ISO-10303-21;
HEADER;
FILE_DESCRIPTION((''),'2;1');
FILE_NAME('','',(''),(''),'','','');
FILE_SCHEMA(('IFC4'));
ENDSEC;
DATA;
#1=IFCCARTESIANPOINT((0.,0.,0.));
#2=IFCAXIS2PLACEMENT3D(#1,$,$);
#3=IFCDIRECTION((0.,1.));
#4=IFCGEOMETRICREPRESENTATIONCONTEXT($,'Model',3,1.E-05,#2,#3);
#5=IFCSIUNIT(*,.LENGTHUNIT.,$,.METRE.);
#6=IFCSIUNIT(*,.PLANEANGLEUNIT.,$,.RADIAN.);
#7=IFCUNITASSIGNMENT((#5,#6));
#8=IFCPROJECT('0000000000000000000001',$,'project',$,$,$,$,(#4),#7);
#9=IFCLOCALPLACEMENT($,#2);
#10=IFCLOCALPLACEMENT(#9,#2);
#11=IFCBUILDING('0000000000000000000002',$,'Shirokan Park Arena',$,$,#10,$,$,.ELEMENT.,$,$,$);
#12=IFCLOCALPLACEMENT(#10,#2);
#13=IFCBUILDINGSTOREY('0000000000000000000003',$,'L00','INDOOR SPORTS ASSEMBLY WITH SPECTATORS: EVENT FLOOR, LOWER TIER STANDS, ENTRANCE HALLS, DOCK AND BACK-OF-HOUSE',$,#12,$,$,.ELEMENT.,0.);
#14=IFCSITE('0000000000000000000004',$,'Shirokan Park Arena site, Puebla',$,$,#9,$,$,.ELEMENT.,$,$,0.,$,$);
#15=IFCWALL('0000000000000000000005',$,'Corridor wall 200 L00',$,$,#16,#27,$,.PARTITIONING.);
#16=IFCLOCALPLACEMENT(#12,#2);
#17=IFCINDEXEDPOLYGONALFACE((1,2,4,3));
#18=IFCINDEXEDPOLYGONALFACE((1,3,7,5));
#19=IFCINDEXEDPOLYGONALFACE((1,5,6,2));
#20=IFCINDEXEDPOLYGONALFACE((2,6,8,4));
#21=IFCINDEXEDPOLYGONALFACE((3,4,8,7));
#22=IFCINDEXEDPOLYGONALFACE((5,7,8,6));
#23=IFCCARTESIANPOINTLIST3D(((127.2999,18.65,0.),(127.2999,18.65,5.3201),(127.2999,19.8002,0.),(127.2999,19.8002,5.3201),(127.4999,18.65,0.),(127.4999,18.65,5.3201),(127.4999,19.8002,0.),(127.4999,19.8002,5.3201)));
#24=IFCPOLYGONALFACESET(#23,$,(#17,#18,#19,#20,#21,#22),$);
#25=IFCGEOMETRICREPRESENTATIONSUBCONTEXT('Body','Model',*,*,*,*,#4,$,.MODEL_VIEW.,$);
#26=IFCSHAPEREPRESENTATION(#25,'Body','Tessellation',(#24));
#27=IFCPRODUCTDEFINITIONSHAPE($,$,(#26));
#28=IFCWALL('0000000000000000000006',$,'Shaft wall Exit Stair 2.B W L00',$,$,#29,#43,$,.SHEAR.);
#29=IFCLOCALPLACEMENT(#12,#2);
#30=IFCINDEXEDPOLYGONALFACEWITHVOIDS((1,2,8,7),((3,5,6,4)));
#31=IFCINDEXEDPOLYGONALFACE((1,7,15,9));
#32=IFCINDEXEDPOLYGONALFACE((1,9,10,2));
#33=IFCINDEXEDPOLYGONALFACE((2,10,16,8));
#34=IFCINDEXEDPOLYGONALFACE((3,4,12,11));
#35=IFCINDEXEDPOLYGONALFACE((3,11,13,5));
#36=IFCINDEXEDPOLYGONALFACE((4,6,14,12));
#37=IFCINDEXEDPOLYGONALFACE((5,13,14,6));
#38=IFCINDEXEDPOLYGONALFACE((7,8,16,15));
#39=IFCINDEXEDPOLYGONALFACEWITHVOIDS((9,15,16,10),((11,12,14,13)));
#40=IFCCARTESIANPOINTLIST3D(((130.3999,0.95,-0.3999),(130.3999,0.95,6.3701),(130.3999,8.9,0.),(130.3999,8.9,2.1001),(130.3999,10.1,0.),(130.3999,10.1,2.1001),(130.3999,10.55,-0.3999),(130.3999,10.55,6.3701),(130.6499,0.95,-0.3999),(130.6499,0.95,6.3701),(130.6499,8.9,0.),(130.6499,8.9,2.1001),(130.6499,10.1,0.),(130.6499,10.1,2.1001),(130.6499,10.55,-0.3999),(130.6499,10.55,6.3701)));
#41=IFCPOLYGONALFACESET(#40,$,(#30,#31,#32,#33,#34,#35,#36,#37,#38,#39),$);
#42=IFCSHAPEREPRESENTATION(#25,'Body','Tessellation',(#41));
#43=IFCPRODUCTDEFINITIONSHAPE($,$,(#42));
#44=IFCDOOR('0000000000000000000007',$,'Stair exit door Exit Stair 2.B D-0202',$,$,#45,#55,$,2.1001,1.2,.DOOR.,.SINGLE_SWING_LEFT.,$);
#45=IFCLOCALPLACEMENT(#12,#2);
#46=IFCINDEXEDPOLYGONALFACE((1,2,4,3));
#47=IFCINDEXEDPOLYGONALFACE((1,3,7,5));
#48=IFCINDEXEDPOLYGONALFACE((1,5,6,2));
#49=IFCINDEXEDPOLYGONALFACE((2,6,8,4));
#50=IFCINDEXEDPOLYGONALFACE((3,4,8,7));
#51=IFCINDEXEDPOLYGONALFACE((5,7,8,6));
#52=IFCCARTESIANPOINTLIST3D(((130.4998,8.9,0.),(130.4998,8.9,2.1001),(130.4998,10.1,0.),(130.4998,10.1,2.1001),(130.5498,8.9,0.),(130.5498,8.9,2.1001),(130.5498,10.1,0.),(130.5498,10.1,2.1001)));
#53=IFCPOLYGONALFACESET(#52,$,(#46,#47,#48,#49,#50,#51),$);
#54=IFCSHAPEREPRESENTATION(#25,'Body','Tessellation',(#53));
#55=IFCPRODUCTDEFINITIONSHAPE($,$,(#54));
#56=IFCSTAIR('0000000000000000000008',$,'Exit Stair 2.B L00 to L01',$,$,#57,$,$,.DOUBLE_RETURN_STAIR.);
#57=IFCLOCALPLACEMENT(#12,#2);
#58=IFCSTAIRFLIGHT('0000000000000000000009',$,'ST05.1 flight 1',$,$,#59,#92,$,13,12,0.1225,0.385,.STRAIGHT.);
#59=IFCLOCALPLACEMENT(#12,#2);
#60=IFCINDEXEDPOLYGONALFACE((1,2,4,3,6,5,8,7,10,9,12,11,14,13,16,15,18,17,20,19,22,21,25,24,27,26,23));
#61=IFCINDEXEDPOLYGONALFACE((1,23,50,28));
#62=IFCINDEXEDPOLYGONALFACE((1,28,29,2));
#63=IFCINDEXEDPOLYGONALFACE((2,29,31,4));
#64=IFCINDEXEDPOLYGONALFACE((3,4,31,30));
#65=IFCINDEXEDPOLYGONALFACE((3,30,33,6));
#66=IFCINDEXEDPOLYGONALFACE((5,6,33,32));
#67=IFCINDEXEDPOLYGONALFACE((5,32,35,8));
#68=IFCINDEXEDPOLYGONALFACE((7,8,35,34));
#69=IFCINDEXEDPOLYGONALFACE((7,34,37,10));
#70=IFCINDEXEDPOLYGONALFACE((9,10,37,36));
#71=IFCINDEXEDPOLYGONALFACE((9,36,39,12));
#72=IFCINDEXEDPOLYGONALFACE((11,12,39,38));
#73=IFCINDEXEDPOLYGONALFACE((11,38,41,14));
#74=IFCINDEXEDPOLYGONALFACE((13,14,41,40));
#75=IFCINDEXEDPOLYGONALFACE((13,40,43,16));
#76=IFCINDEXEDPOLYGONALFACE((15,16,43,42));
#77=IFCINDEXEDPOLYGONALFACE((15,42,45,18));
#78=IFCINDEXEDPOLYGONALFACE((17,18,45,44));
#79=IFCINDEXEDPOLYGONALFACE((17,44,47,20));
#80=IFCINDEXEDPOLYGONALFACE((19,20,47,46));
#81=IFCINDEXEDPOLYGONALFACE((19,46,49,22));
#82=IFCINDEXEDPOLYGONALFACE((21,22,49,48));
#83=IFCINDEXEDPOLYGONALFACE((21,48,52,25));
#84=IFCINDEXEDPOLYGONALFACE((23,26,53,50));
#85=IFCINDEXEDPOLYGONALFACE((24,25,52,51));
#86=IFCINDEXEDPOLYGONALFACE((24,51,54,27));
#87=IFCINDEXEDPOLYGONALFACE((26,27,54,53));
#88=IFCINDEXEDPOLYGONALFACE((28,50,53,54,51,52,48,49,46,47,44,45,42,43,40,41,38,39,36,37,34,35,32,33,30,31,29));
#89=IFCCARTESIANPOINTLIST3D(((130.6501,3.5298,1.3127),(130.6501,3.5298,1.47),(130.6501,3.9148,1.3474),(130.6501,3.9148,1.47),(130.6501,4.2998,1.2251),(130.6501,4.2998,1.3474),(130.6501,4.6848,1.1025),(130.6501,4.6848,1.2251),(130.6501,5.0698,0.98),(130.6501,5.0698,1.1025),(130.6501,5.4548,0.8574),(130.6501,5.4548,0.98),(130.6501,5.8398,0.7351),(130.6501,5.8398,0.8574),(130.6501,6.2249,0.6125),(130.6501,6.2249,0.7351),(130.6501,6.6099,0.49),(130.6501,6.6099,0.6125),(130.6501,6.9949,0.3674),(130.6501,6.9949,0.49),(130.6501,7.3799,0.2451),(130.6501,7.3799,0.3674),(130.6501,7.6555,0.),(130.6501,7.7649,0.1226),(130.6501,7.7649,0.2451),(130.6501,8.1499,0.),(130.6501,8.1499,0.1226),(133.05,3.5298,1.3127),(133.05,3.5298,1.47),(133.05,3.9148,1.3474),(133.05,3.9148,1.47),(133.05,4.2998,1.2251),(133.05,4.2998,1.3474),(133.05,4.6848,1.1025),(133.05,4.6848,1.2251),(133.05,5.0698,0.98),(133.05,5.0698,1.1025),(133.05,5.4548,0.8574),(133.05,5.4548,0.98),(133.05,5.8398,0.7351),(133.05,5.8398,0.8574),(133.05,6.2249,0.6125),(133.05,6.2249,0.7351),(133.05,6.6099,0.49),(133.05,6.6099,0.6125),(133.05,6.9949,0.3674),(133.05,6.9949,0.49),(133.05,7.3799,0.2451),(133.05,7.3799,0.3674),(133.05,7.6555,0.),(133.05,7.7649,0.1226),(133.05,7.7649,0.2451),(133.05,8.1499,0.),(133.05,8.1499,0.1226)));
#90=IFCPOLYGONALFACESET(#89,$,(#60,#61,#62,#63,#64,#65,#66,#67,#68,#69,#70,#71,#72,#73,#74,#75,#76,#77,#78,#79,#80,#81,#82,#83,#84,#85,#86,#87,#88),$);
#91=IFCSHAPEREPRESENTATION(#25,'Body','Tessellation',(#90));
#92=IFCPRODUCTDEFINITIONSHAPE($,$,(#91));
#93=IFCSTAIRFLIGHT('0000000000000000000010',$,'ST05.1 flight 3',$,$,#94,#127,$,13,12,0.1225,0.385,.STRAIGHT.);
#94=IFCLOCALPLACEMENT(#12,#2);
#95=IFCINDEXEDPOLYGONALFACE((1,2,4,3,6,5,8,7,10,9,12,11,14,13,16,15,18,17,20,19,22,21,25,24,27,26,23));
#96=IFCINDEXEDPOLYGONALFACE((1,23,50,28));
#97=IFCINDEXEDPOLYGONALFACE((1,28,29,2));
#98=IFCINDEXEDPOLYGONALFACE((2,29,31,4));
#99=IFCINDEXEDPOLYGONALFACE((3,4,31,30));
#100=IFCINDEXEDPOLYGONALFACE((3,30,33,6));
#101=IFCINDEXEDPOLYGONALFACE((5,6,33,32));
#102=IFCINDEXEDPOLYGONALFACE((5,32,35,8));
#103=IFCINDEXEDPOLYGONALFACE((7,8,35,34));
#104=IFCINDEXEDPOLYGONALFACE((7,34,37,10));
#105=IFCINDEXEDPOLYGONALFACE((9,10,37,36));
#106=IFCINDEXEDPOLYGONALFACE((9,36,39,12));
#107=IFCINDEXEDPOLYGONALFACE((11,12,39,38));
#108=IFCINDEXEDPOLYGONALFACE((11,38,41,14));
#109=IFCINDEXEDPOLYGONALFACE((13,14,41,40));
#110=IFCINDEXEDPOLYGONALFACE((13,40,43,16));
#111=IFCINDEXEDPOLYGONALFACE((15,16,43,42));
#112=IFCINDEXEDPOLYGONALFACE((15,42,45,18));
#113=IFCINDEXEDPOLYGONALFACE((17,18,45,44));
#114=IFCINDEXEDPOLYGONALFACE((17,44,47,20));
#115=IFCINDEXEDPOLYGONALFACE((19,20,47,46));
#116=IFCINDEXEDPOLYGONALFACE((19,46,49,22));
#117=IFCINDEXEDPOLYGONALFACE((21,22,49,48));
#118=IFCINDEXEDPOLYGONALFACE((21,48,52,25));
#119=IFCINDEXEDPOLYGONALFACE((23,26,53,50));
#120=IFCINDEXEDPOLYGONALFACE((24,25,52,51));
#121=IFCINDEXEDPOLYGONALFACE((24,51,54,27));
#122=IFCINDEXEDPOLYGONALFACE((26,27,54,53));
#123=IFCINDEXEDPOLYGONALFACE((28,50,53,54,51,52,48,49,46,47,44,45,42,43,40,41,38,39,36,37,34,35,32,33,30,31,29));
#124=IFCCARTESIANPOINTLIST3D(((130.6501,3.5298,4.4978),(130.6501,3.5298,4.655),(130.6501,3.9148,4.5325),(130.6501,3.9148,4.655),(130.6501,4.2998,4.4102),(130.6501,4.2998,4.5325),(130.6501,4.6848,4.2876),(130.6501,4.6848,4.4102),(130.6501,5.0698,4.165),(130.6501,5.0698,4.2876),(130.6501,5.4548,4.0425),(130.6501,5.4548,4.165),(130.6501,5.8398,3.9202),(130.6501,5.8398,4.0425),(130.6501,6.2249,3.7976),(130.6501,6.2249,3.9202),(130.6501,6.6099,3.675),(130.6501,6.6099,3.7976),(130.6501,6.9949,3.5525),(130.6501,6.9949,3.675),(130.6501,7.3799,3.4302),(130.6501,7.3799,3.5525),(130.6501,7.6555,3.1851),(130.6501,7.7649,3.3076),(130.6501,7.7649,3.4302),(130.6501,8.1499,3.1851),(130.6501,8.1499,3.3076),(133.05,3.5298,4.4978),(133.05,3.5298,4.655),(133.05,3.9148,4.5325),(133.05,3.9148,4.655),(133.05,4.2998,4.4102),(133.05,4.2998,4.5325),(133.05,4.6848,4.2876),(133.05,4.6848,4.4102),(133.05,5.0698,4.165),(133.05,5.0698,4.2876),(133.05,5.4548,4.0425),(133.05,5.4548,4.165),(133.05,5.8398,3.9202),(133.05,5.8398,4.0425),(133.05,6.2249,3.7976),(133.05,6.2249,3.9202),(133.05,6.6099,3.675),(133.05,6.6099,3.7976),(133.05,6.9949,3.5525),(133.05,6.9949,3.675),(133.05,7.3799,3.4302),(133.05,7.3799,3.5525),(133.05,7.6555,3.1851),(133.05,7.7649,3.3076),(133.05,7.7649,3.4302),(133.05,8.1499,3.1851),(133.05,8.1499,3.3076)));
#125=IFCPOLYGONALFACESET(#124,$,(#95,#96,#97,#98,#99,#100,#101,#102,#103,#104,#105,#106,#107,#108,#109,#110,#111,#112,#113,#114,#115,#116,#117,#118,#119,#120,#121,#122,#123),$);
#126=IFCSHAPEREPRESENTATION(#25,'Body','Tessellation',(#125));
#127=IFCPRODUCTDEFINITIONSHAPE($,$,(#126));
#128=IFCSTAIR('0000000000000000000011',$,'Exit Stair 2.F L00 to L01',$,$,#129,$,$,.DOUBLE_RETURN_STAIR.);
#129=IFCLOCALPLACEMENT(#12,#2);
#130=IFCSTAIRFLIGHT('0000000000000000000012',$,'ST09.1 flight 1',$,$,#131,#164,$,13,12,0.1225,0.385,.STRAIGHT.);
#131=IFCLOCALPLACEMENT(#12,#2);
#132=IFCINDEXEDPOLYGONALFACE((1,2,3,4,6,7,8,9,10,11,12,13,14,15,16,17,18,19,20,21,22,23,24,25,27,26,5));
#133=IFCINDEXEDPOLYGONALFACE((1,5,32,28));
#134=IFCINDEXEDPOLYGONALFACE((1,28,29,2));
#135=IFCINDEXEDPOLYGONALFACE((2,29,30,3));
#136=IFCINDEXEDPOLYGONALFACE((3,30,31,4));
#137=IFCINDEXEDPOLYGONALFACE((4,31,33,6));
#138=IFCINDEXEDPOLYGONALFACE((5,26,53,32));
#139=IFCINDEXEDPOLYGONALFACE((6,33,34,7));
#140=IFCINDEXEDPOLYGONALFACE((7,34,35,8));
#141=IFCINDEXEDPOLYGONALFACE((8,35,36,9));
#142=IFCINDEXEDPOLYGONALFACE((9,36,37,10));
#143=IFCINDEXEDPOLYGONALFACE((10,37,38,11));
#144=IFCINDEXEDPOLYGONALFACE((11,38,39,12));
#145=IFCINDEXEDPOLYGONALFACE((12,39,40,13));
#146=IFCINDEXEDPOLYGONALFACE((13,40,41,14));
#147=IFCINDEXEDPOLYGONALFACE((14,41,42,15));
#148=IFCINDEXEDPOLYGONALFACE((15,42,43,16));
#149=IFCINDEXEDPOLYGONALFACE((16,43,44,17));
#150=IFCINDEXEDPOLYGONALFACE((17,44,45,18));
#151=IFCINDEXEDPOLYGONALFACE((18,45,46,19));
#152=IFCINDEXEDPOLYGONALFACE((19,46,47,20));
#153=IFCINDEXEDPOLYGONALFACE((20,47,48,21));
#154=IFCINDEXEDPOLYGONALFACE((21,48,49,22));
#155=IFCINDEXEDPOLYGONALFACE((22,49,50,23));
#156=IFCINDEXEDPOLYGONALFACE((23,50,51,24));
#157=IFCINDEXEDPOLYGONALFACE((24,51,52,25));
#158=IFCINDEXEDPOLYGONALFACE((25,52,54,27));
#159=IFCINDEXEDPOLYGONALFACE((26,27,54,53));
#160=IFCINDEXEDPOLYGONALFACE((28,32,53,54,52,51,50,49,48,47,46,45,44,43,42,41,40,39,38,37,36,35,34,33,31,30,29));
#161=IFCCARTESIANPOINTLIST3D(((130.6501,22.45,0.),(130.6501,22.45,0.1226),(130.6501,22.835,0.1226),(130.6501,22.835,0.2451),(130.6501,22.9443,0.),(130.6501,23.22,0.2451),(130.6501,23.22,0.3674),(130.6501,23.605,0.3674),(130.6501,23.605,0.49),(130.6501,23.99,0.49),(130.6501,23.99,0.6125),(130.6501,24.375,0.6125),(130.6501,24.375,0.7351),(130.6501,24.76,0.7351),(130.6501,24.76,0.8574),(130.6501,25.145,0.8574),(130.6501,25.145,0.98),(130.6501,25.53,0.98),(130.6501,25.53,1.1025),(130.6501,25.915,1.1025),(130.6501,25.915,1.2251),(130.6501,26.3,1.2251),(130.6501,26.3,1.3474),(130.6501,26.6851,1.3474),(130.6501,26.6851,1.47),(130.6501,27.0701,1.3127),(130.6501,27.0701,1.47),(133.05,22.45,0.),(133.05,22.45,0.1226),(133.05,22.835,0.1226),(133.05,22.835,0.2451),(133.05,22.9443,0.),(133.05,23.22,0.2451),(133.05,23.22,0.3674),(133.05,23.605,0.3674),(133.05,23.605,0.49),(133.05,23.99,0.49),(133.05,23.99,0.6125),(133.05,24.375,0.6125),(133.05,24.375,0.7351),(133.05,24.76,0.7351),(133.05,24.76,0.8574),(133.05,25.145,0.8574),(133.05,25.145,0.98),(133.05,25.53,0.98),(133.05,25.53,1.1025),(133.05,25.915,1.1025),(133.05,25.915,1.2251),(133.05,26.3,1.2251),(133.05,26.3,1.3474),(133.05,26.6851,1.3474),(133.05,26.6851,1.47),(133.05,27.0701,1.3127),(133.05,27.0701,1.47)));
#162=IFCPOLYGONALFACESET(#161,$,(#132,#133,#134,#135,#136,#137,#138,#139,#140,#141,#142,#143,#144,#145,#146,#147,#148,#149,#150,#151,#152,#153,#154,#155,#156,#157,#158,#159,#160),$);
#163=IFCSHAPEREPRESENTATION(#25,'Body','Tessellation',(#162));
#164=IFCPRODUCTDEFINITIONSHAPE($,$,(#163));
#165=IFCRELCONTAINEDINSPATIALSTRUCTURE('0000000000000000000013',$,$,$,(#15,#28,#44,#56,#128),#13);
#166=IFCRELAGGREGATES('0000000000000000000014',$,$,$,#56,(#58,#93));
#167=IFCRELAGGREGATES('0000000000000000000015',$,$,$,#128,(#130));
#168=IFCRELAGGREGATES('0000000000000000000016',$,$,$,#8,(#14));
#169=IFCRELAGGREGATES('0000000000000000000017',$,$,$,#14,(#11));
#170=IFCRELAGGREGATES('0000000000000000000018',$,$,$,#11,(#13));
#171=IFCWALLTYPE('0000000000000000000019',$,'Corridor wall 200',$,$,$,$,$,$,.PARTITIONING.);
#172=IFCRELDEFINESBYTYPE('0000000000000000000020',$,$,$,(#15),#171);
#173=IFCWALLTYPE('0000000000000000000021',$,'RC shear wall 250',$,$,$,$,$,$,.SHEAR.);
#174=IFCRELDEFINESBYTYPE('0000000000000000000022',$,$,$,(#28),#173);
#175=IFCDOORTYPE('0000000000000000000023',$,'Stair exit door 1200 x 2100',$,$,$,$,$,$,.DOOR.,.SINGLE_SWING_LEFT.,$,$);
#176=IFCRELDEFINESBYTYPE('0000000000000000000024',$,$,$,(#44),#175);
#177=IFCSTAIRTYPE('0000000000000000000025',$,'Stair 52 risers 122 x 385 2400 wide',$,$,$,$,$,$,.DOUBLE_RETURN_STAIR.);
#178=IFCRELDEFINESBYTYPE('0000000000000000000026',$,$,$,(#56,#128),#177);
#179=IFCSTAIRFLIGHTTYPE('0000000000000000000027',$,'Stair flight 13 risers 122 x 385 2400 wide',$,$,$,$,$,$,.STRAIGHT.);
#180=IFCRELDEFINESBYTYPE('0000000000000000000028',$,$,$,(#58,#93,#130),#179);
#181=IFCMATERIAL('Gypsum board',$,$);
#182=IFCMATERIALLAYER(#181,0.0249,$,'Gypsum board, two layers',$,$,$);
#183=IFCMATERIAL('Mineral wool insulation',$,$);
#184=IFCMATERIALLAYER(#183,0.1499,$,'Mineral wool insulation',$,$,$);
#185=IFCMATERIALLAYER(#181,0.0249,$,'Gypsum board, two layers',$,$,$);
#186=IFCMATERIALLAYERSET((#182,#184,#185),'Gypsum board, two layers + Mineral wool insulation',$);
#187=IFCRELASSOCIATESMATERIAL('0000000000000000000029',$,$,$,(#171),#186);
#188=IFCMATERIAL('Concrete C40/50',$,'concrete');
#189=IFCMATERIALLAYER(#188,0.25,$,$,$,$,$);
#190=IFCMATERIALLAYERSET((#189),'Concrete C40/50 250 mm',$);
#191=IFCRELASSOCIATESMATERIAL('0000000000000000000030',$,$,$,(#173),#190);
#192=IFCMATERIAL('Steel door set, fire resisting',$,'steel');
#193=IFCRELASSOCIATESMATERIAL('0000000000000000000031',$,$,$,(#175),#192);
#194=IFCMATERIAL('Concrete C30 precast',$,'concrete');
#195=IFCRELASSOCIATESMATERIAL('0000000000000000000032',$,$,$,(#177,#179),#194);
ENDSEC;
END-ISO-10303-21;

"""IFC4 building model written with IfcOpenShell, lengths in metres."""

from ifc_helpers import new_model, si_unit, direction, frame, frame_2d, origin, place, context, subcontext, project, spatial, polyline, rectangle, outline, extrude, material, layer, layer_set, type_object, element, fill, aggregate, save


model = new_model("IFC4")

# Units and contexts
model_context = context("Model", 3, precision=1e-05, world=origin(), true_north=direction((0.0, 1.0)))
body_context = subcontext(model_context, "Body", "Model", "MODEL_VIEW")
ifc_project = project(units=[si_unit("LENGTHUNIT", "METRE"), si_unit("PLANEANGLEUNIT", "RADIAN")], contexts=[model_context])

# Site, building, storey
site_placement = place(None, origin())
site = spatial("IfcSite", under=ifc_project, at=site_placement, Name="Shirokan Park Arena site, Puebla", CompositionType="ELEMENT", RefElevation=0.0)
building_placement = place(site_placement, origin())
building = spatial("IfcBuilding", under=site, at=building_placement, Name="Shirokan Park Arena", CompositionType="ELEMENT")
storey_placement = place(building_placement, origin())
storey = spatial("IfcBuildingStorey", under=building, at=storey_placement, Name="L00", Description="INDOOR SPORTS ASSEMBLY WITH SPECTATORS: EVENT FLOOR, LOWER TIER STANDS, ENTRANCE HALLS, DOCK AND BACK-OF-HOUSE", CompositionType="ELEMENT", Elevation=0.0)

# Wall
ifc_material_1 = material(Name="Gypsum board")
ifc_layer_1 = layer(ifc_material_1, 0.0249, Name="Gypsum board, two layers")
ifc_material_2 = material(Name="Mineral wool insulation")
ifc_layer_2 = layer(ifc_material_2, 0.1499, Name="Mineral wool insulation")
ifc_layer_3 = layer(ifc_material_1, 0.0249, Name="Gypsum board, two layers")
ifc_layer_set_1 = layer_set([ifc_layer_1, ifc_layer_2, ifc_layer_3], Name="Gypsum board, two layers + Mineral wool insulation")
wall_type_1 = type_object("IfcWallType", Name="Corridor wall 200", PredefinedType="PARTITIONING", material=ifc_layer_set_1)
wall_1_placement = place(storey_placement, frame((127.3999, 18.6499, 0.0), z_axis=(0.0, 0.0, 1.0), x_axis=(0.0, 1.0, 0.0)))
element("IfcWall", 1, at=wall_1_placement, inside=storey, type_object=wall_type_1, Name="Corridor wall 200 L00", PredefinedType="PARTITIONING", context=body_context, shape_type="SweptSolid", body=[
    extrude(rectangle(XDim=1.1501, YDim=0.2, at=frame_2d((0.5752, 0.0))), origin(), (0.0, 0.0, 1.0), 5.3201),
])

# Wall, opening, door
ifc_material_3 = material(Name="Concrete C40/50", Category="concrete")
ifc_layer_4 = layer(ifc_material_3, 0.25)
ifc_layer_set_2 = layer_set([ifc_layer_4], Name="Concrete C40/50 250 mm")
wall_type_2 = type_object("IfcWallType", Name="RC shear wall 250", PredefinedType="SHEAR", material=ifc_layer_set_2)
wall_2_placement = place(storey_placement, frame((130.5249, 10.55, -0.3999), z_axis=(0.0, 0.0, 1.0), x_axis=(0.0, -1.0, 0.0)))
wall_2 = element("IfcWall", 2, at=wall_2_placement, inside=storey, type_object=wall_type_2, Name="Shaft wall Exit Stair 2.B W L00", PredefinedType="SHEAR", context=body_context, shape_type="SweptSolid", body=[
    extrude(rectangle(XDim=9.6001, YDim=0.25, at=frame_2d((4.8, 0.0))), origin(), (0.0, 0.0, 1.0), 6.77),
])
opening_placement = place(wall_2_placement, frame((0.45, 0.0, 0.3999)))
opening = element("IfcOpeningElement", 3, at=opening_placement, cuts=wall_2, PredefinedType="OPENING", context=body_context, shape_type="SweptSolid", body=[
    extrude(rectangle(XDim=1.2, YDim=2.1001, at=frame_2d((0.6001, 1.05))), frame((0.0, 0.135, 0.0), z_axis=(0.0, -1.0, 0.0), x_axis=(1.0, 0.0, 0.0)), (0.0, 0.0, 1.0), 0.27),
])
ifc_material_4 = material(Name="Steel door set, fire resisting", Category="steel")
door_type = type_object("IfcDoorType", Name="Stair exit door 1200 x 2100", OperationType="SINGLE_SWING_LEFT", PredefinedType="DOOR", material=ifc_material_4)
door_placement = place(opening_placement, origin())
door = element("IfcDoor", 4, at=door_placement, inside=storey, type_object=door_type, Name="Stair exit door Exit Stair 2.B D-0202", OperationType="SINGLE_SWING_LEFT", OverallHeight=2.1001, OverallWidth=1.2, PredefinedType="DOOR", context=body_context, shape_type="SweptSolid", body=[
    extrude(rectangle(XDim=1.2, YDim=2.1001, at=frame_2d((0.6001, 1.05))), frame((0.0, 0.0249, 0.0), z_axis=(0.0, -1.0, 0.0), x_axis=(1.0, 0.0, 0.0)), (0.0, 0.0, 1.0), 0.05),
])
fill(opening, door)

# Stairs, stair flights
ifc_material_5 = material(Name="Concrete C30 precast", Category="concrete")
stair_type = type_object("IfcStairType", Name="Stair 52 risers 122 x 385 2400 wide", PredefinedType="DOUBLE_RETURN_STAIR", material=ifc_material_5)
stair_1_placement = place(storey_placement, origin())
stair_1 = element("IfcStair", 5, at=stair_1_placement, inside=storey, type_object=stair_type, Name="Exit Stair 2.B L00 to L01", PredefinedType="DOUBLE_RETURN_STAIR")
stair_flight_type = type_object("IfcStairFlightType", Name="Stair flight 13 risers 122 x 385 2400 wide", PredefinedType="STRAIGHT", material=ifc_material_5)
stair_flight_1_placement = place(storey_placement, frame((131.8501, 8.1499, 0.0), z_axis=(0.0, 0.0, 1.0), x_axis=(0.0, -1.0, 0.0)))
stair_flight_1 = element("IfcStairFlight", 6, at=stair_flight_1_placement, type_object=stair_flight_type, Name="ST05.1 flight 1", NumberOfRisers=13, NumberOfTreads=12, PredefinedType="STRAIGHT", RiserHeight=0.1225, TreadLength=0.385, context=body_context, shape_type="SweptSolid", body=[
    extrude(outline(polyline([(0.0, 0.0), (0.0, 0.1226), (0.385, 0.1226), (0.385, 0.2451), (0.77, 0.2451), (0.77, 0.3674), (1.155, 0.3674), (1.155, 0.49), (1.54, 0.49), (1.54, 0.6125), (1.925, 0.6125), (1.925, 0.7351), (2.3101, 0.7351), (2.3101, 0.8574), (2.6951, 0.8574), (2.6951, 0.98), (3.0801, 0.98), (3.0801, 1.1025), (3.4651, 1.1025), (3.4651, 1.2251), (3.8501, 1.2251), (3.8501, 1.3474), (4.2351, 1.3474), (4.2351, 1.47), (4.6201, 1.47), (4.6201, 1.5925), (4.6201, 1.3127), (0.4944, 0.0), (0.0, 0.0)])), frame((0.0, 1.2, 0.0), z_axis=(0.0, -1.0, 0.0), x_axis=(1.0, 0.0, 0.0)), (0.0, 0.0, 1.0), 2.3999),
])
stair_flight_2_placement = place(storey_placement, frame((131.8501, 8.1499, 3.1851), z_axis=(0.0, 0.0, 1.0), x_axis=(0.0, -1.0, 0.0)))
stair_flight_2 = element("IfcStairFlight", 7, at=stair_flight_2_placement, type_object=stair_flight_type, Name="ST05.1 flight 3", NumberOfRisers=13, NumberOfTreads=12, PredefinedType="STRAIGHT", RiserHeight=0.1225, TreadLength=0.385, context=body_context, shape_type="SweptSolid", body=[
    extrude(outline(polyline([(0.0, 0.0), (0.0, 0.1226), (0.385, 0.1226), (0.385, 0.2451), (0.77, 0.2451), (0.77, 0.3674), (1.155, 0.3674), (1.155, 0.49), (1.54, 0.49), (1.54, 0.6125), (1.925, 0.6125), (1.925, 0.7351), (2.3101, 0.7351), (2.3101, 0.8574), (2.6951, 0.8574), (2.6951, 0.98), (3.0801, 0.98), (3.0801, 1.1025), (3.4651, 1.1025), (3.4651, 1.2251), (3.8501, 1.2251), (3.8501, 1.3474), (4.2351, 1.3474), (4.2351, 1.47), (4.6201, 1.47), (4.6201, 1.5925), (4.6201, 1.3127), (0.4944, 0.0), (0.0, 0.0)])), frame((0.0, 1.2, 0.0), z_axis=(0.0, -1.0, 0.0), x_axis=(1.0, 0.0, 0.0)), (0.0, 0.0, 1.0), 2.3999),
])
aggregate(stair_1, [stair_flight_1, stair_flight_2])
stair_2_placement = place(storey_placement, origin())
stair_2 = element("IfcStair", 8, at=stair_2_placement, inside=storey, type_object=stair_type, Name="Exit Stair 2.F L00 to L01", PredefinedType="DOUBLE_RETURN_STAIR")
stair_flight_3_placement = place(storey_placement, frame((131.8501, 22.45, 0.0), z_axis=(0.0, 0.0, 1.0), x_axis=(0.0, 1.0, 0.0)))
stair_flight_3 = element("IfcStairFlight", 9, at=stair_flight_3_placement, type_object=stair_flight_type, Name="ST09.1 flight 1", NumberOfRisers=13, NumberOfTreads=12, PredefinedType="STRAIGHT", RiserHeight=0.1225, TreadLength=0.385, context=body_context, shape_type="SweptSolid", body=[
    extrude(outline(polyline([(0.0, 0.0), (0.0, 0.1226), (0.385, 0.1226), (0.385, 0.2451), (0.77, 0.2451), (0.77, 0.3674), (1.155, 0.3674), (1.155, 0.49), (1.54, 0.49), (1.54, 0.6125), (1.925, 0.6125), (1.925, 0.7351), (2.3101, 0.7351), (2.3101, 0.8574), (2.6951, 0.8574), (2.6951, 0.98), (3.0801, 0.98), (3.0801, 1.1025), (3.4651, 1.1025), (3.4651, 1.2251), (3.8501, 1.2251), (3.8501, 1.3474), (4.2351, 1.3474), (4.2351, 1.47), (4.6201, 1.47), (4.6201, 1.5925), (4.6201, 1.3127), (0.4944, 0.0), (0.0, 0.0)])), frame((0.0, 1.2, 0.0), z_axis=(0.0, -1.0, 0.0), x_axis=(1.0, 0.0, 0.0)), (0.0, 0.0, 1.0), 2.3999),
])
aggregate(stair_2, [stair_flight_3])

save(model, "model.ifc")
